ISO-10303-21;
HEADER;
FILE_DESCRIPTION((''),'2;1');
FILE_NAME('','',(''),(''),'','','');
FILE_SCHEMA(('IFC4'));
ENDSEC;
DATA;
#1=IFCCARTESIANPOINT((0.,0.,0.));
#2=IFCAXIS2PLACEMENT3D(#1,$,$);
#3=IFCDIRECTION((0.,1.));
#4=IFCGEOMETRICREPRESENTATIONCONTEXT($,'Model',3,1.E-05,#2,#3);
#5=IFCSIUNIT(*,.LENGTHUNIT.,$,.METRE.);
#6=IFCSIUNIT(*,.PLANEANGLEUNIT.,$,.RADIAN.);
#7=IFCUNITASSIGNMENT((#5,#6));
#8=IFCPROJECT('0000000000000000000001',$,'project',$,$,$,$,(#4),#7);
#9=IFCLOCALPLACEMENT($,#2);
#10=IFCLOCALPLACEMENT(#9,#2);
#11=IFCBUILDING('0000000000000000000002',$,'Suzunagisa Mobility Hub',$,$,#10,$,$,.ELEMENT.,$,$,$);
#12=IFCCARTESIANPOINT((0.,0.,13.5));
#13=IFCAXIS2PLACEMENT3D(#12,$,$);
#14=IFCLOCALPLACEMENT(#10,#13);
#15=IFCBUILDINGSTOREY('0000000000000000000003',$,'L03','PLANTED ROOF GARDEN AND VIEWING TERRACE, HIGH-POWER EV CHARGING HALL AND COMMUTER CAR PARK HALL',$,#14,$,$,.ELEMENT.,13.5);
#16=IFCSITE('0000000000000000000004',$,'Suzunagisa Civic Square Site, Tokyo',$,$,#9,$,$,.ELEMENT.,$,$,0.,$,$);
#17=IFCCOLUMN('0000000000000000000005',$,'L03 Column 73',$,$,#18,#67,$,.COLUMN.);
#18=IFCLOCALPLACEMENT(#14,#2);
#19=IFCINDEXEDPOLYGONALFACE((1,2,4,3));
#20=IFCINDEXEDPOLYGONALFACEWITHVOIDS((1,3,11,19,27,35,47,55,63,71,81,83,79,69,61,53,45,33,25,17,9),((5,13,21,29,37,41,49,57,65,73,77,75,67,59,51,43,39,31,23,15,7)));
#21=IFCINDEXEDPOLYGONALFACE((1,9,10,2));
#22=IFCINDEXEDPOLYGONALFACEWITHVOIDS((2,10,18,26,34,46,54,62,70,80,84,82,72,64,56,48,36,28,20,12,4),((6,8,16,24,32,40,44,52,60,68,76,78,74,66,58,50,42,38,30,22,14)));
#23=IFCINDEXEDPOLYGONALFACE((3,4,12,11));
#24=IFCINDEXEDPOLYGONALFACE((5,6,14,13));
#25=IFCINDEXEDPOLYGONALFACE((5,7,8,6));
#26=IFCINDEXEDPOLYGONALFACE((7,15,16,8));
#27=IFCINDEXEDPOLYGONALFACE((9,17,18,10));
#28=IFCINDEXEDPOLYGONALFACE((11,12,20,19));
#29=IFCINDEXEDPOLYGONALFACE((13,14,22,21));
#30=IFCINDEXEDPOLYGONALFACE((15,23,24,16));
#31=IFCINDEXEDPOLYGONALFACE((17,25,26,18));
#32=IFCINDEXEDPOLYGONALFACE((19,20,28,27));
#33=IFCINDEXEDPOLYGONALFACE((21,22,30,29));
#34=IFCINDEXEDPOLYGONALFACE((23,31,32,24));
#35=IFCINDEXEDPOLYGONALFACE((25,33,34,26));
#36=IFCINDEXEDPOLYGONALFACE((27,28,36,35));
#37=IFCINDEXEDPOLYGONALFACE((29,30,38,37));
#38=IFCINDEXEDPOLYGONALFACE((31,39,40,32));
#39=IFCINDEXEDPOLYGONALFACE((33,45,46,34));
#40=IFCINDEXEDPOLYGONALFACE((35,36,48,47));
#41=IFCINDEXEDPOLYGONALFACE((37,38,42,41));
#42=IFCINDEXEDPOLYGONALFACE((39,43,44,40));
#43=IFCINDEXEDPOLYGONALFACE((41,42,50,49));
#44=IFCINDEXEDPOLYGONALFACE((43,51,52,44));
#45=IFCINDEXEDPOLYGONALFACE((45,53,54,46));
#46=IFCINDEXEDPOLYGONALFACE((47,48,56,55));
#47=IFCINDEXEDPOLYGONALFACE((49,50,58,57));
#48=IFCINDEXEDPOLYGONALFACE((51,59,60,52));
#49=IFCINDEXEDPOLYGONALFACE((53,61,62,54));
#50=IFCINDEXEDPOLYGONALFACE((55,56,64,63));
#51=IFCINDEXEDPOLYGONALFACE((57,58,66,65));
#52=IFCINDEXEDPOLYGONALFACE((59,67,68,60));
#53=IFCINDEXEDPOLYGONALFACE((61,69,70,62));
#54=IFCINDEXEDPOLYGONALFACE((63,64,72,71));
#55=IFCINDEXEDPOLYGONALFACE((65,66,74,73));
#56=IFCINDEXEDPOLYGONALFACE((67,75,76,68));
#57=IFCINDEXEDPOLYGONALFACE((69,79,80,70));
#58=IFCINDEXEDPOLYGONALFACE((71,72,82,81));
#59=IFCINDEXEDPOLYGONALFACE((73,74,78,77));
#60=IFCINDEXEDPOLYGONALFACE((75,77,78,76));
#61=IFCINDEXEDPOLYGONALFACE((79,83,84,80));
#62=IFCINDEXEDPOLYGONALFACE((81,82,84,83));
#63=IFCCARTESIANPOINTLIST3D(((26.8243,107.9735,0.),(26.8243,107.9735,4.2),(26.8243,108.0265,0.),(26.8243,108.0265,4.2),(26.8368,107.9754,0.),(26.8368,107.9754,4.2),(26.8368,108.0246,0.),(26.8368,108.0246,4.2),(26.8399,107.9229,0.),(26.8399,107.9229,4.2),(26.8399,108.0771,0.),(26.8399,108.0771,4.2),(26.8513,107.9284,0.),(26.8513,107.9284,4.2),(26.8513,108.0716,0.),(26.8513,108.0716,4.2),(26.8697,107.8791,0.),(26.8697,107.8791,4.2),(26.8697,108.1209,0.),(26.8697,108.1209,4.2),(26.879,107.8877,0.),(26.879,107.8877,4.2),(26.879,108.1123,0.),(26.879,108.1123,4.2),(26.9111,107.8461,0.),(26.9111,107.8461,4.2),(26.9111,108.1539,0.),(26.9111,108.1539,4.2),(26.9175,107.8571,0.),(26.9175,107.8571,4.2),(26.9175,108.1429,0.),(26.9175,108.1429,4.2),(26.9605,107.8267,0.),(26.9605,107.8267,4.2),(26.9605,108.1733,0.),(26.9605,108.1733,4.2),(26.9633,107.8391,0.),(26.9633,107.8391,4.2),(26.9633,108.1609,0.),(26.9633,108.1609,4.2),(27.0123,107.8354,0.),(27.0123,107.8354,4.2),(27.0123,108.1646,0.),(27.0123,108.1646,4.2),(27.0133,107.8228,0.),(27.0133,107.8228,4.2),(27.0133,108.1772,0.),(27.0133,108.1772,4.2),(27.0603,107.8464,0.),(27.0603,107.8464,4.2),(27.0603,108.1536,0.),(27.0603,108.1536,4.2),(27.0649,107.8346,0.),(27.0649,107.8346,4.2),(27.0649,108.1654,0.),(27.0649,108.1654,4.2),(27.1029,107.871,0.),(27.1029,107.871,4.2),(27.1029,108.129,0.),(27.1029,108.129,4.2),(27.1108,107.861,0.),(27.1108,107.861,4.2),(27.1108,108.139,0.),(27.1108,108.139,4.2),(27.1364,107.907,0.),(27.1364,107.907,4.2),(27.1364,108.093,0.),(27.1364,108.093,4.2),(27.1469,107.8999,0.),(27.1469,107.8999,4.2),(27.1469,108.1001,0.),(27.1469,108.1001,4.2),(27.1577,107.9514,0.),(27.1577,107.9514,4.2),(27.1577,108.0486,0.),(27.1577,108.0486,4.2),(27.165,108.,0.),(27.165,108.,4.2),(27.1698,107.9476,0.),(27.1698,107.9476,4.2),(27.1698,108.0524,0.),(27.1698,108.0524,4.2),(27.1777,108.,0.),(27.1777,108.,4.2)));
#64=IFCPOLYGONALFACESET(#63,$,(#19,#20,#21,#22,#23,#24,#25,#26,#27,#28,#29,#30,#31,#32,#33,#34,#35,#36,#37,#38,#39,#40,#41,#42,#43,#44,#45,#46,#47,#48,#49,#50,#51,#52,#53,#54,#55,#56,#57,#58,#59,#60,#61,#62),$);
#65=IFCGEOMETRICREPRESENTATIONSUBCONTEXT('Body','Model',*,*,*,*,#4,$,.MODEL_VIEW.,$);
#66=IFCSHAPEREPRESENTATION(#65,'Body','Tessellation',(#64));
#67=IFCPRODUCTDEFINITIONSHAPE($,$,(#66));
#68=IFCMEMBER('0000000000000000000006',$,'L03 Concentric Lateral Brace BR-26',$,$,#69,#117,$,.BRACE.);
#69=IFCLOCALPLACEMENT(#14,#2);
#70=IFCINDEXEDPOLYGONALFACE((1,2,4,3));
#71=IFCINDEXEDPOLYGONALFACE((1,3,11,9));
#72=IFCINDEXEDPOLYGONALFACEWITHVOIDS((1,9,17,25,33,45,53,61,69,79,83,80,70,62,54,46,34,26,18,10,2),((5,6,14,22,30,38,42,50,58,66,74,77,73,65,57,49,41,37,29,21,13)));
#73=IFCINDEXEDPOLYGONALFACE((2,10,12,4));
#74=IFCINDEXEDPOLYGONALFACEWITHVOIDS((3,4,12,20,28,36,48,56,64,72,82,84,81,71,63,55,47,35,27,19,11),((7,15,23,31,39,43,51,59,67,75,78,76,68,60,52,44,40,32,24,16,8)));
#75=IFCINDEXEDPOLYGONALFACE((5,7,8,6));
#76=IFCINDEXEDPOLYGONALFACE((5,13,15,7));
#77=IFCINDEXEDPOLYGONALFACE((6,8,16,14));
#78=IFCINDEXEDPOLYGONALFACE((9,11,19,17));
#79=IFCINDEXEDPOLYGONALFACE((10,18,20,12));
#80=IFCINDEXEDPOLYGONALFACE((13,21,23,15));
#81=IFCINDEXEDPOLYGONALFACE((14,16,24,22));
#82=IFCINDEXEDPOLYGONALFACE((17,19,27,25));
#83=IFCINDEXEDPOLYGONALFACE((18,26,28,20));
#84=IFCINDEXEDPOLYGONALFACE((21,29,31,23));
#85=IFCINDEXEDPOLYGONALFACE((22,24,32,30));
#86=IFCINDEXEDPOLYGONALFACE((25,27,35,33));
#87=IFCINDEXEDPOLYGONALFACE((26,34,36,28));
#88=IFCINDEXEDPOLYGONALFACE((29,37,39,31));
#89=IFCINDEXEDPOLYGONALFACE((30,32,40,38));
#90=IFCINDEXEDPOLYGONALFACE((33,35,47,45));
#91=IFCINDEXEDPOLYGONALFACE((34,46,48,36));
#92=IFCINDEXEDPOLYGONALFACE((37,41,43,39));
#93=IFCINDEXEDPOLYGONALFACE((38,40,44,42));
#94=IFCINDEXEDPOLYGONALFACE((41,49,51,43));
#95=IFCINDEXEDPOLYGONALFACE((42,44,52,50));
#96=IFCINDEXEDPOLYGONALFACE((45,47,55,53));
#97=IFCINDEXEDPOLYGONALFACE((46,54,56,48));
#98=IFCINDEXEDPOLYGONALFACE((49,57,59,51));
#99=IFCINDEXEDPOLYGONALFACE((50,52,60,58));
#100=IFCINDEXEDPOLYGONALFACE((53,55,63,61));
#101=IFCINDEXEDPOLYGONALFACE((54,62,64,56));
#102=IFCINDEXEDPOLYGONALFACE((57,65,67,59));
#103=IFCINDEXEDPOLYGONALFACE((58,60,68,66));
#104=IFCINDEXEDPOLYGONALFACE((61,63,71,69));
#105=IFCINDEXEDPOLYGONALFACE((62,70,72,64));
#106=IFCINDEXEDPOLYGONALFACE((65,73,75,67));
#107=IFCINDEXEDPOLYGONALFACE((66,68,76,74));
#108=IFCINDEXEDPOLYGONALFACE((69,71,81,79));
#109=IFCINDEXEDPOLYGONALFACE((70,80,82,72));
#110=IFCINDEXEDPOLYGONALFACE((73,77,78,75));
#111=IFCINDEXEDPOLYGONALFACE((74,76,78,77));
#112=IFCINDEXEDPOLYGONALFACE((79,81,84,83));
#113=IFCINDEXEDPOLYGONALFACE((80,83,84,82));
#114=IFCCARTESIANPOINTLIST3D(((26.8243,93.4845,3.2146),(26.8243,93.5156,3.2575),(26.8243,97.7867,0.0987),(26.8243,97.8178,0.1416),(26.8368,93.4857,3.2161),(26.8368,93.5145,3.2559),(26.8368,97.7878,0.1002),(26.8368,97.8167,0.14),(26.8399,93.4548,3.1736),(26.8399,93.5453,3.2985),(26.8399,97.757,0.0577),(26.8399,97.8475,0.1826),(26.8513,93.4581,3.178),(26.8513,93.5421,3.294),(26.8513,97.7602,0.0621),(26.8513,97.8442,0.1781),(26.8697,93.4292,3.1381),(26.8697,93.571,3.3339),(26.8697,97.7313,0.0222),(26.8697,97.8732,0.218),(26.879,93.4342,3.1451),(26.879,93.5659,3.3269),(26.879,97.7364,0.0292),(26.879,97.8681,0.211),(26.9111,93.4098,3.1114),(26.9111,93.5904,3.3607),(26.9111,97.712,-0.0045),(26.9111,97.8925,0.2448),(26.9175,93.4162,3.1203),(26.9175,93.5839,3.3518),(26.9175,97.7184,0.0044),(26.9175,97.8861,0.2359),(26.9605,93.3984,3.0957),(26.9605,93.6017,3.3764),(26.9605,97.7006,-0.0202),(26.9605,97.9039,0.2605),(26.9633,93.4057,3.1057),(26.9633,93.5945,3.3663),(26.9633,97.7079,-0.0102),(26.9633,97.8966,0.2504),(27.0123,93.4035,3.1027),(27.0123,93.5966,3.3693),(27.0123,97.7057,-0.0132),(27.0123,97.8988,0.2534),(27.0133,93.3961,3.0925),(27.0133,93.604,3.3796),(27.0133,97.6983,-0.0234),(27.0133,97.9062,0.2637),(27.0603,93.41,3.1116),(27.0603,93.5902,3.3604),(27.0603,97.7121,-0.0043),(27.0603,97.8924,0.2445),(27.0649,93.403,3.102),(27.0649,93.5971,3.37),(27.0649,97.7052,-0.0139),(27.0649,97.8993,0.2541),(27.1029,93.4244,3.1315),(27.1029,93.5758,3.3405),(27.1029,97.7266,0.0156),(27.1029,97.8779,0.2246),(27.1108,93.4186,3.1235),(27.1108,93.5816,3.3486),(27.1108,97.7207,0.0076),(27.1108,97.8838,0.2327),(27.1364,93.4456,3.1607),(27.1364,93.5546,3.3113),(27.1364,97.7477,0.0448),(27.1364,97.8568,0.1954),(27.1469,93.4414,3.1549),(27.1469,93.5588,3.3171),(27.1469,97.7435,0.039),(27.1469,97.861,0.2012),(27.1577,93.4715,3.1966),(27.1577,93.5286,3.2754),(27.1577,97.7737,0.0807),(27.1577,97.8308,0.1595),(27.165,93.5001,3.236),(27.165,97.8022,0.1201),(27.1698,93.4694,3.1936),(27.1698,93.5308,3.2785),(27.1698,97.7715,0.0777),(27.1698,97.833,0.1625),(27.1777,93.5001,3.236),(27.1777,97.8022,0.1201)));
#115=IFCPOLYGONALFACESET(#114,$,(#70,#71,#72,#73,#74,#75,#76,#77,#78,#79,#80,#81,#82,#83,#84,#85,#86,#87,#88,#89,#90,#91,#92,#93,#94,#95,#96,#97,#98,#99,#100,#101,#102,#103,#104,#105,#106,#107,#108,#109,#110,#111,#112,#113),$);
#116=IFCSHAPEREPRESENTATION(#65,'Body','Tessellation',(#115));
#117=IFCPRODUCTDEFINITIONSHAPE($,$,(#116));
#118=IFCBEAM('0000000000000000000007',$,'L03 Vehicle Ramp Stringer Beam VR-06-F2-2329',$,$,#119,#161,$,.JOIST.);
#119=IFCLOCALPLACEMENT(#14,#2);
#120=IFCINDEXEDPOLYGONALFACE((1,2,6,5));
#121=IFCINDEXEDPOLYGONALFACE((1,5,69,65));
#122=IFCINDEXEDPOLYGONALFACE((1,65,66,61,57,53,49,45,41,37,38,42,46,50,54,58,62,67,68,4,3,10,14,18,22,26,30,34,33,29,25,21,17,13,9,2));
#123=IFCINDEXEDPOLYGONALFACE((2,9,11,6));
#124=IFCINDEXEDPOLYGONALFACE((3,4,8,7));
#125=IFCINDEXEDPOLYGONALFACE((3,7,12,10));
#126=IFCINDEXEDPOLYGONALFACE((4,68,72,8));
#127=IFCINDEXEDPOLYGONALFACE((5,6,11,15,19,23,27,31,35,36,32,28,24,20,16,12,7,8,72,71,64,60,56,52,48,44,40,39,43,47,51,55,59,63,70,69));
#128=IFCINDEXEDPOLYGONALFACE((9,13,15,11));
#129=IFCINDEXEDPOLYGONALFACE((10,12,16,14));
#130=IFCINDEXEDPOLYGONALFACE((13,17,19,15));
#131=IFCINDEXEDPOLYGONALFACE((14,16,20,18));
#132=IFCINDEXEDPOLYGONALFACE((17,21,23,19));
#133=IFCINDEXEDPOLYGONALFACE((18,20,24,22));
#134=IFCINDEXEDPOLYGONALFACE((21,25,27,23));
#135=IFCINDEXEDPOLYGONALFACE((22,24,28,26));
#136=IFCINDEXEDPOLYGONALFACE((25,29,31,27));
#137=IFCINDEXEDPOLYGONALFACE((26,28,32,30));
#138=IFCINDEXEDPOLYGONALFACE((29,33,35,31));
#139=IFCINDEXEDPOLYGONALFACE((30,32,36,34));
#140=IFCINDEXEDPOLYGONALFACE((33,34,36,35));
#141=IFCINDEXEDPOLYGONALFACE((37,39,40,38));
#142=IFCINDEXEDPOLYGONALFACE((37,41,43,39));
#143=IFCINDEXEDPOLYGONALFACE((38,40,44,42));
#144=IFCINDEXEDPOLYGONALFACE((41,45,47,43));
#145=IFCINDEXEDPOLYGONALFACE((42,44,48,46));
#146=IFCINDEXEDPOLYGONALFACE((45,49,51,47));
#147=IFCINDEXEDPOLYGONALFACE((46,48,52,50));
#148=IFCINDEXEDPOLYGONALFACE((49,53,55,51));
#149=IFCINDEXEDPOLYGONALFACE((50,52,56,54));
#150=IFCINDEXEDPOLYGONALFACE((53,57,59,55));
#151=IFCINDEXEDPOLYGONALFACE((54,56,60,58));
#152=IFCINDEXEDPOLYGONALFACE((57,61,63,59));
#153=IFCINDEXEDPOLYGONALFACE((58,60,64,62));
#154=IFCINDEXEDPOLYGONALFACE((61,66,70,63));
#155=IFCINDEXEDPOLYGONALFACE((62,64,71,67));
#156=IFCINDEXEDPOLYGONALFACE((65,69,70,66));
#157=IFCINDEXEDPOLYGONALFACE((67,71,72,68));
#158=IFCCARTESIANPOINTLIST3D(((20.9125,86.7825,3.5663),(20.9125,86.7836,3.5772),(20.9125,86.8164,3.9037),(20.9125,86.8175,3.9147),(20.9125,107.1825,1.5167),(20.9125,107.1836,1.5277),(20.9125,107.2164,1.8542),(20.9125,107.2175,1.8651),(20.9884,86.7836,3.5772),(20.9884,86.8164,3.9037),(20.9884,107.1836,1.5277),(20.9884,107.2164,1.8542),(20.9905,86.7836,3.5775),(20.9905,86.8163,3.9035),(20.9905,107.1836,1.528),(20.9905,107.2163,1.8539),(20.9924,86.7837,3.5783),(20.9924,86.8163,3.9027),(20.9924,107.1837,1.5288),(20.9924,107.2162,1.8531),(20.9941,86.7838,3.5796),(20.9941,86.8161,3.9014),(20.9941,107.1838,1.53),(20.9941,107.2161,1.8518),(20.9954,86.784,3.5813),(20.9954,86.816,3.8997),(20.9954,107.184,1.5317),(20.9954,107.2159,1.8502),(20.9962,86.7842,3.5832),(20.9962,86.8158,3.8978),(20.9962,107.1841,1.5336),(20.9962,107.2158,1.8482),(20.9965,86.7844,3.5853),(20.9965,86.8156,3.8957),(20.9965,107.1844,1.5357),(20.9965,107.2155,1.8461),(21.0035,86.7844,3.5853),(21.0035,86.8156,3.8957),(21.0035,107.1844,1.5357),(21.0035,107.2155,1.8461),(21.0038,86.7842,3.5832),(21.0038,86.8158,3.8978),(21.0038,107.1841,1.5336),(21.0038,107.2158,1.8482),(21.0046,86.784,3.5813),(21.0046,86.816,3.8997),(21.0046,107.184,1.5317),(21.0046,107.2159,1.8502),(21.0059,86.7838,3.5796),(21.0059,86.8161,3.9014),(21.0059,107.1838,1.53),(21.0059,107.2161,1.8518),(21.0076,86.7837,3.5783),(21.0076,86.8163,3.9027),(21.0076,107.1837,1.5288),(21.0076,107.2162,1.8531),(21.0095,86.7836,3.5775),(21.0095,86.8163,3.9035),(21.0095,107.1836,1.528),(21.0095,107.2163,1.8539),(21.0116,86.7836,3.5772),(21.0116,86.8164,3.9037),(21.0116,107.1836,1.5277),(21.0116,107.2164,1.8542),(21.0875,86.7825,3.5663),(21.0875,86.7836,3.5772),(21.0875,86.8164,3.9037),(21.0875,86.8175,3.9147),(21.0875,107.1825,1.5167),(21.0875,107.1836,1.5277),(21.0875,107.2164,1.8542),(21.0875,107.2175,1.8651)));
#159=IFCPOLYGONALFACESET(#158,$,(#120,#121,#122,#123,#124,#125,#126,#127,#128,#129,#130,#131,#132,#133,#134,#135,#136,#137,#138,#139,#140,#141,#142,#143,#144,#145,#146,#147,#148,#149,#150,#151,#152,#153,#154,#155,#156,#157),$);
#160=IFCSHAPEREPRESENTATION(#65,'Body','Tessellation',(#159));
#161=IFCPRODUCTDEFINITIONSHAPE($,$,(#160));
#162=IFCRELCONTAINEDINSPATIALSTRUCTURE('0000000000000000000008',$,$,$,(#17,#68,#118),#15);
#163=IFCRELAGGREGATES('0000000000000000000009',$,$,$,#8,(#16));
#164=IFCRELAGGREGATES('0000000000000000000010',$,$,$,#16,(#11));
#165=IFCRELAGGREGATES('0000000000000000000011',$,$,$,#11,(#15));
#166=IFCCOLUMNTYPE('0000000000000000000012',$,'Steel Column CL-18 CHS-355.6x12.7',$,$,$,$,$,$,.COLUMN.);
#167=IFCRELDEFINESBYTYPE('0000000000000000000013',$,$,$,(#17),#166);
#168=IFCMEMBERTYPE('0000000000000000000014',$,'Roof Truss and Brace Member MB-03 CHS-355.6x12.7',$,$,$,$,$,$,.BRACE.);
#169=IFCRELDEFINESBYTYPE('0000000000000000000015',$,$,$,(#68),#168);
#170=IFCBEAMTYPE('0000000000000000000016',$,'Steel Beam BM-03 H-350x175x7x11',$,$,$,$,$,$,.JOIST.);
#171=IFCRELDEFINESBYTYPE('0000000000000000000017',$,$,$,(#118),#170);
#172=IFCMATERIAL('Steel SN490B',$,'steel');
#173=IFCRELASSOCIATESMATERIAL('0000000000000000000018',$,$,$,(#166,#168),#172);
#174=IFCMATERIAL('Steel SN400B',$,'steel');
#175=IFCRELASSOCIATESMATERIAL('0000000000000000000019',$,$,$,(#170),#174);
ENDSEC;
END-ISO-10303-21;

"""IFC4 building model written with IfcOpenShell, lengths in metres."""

from ifc_helpers import new_model, si_unit, direction, frame, origin, origin_2d, place, context, subcontext, project, spatial, hollow_circle, i_section, extrude, material, material_profile, profile_set, type_object, element, save


model = new_model("IFC4")

# Units and contexts
model_context = context("Model", 3, precision=1e-05, world=origin(), true_north=direction((0.0, 1.0)))
body_context = subcontext(model_context, "Body", "Model", "MODEL_VIEW")
ifc_project = project(units=[si_unit("LENGTHUNIT", "METRE"), si_unit("PLANEANGLEUNIT", "RADIAN")], contexts=[model_context])

# Site, building, storey
site_placement = place(None, origin())
site = spatial("IfcSite", under=ifc_project, at=site_placement, Name="Suzunagisa Civic Square Site, Tokyo", CompositionType="ELEMENT", RefElevation=0.0)
building_placement = place(site_placement, origin())
building = spatial("IfcBuilding", under=site, at=building_placement, Name="Suzunagisa Mobility Hub", CompositionType="ELEMENT")
storey_placement = place(building_placement, frame((0.0, 0.0, 13.5)))
storey = spatial("IfcBuildingStorey", under=building, at=storey_placement, Name="L03", Description="PLANTED ROOF GARDEN AND VIEWING TERRACE, HIGH-POWER EV CHARGING HALL AND COMMUTER CAR PARK HALL", CompositionType="ELEMENT", Elevation=13.5)

# Column
ifc_material_1 = material(Name="Steel SN490B", Category="steel")
ifc_material_profile_1 = material_profile(ifc_material_1, hollow_circle(Radius=0.1777, WallThickness=0.0127, at=origin_2d()), Name="CHS-355.6x12.7")
ifc_profile_set_1 = profile_set([ifc_material_profile_1], Name="Steel SN490B")
column_type_1 = type_object("IfcColumnType", Name="Steel Column CL-18 CHS-355.6x12.7", PredefinedType="COLUMN", material=ifc_profile_set_1)
for number, where, z_axis, x_axis, name in (
    (1, (27.0, 108.0, 0.0), (0.0, 0.0, 1.0), (1.0, 0.0, 0.0), "L03 Column 73"),
):
    element("IfcColumn", number, at=place(storey_placement, frame(where, z_axis=z_axis, x_axis=x_axis)), inside=storey, type_object=column_type_1, Name=name, PredefinedType="COLUMN", context=body_context, shape_type="SweptSolid", body=[
        extrude(hollow_circle(Radius=0.1777, WallThickness=0.0127, at=origin_2d()), origin(), (0.0, 0.0, 1.0), 4.2),
    ])

# Member
ifc_material_profile_2 = material_profile(ifc_material_1, hollow_circle(Radius=0.1777, WallThickness=0.0127, at=origin_2d()), Name="CHS-355.6x12.7")
ifc_profile_set_2 = profile_set([ifc_material_profile_2], Name="Steel SN490B")
member_type = type_object("IfcMemberType", Name="Roof Truss and Brace Member MB-03 CHS-355.6x12.7", PredefinedType="BRACE", material=ifc_profile_set_2)
member_placement = place(storey_placement, frame((27.0, 97.8022, 0.1201), z_axis=(0.0, -0.809893, 0.586577), x_axis=(1.0, 0.0, 0.0)))
element("IfcMember", 2, at=member_placement, inside=storey, type_object=member_type, Name="L03 Concentric Lateral Brace BR-26", PredefinedType="BRACE", context=body_context, shape_type="SweptSolid", body=[
    extrude(hollow_circle(Radius=0.1777, WallThickness=0.0127, at=origin_2d()), origin(), (0.0, 0.0, 1.0), 5.312),
])

# Beam
ifc_material_2 = material(Name="Steel SN400B", Category="steel")
ifc_material_profile_3 = material_profile(ifc_material_2, i_section(OverallWidth=0.175, OverallDepth=0.3501, WebThickness=0.0071, FlangeThickness=0.011, FilletRadius=0.0081, at=origin_2d()), Name="H-350x175x7x11")
ifc_profile_set_3 = profile_set([ifc_material_profile_3], Name="Steel SN400B")
beam_type_1 = type_object("IfcBeamType", Name="Steel Beam BM-03 H-350x175x7x11", PredefinedType="JOIST", material=ifc_profile_set_3)
for number, where, z_axis, x_axis, name in (
    (3, (21.0, 107.2, 1.6909), (0.0, -0.994991, 0.099966), (1.0, 0.0, 0.0), "L03 Vehicle Ramp Stringer Beam VR-06-F2-2329"),
):
    element("IfcBeam", number, at=place(storey_placement, frame(where, z_axis=z_axis, x_axis=x_axis)), inside=storey, type_object=beam_type_1, Name=name, PredefinedType="JOIST", context=body_context, shape_type="SweptSolid", body=[
        extrude(i_section(OverallWidth=0.175, OverallDepth=0.3501, WebThickness=0.0071, FlangeThickness=0.011, FilletRadius=0.0081, at=origin_2d()), origin(), (0.0, 0.0, 1.0), 20.5027),
    ])

save(model, "model.ifc")
